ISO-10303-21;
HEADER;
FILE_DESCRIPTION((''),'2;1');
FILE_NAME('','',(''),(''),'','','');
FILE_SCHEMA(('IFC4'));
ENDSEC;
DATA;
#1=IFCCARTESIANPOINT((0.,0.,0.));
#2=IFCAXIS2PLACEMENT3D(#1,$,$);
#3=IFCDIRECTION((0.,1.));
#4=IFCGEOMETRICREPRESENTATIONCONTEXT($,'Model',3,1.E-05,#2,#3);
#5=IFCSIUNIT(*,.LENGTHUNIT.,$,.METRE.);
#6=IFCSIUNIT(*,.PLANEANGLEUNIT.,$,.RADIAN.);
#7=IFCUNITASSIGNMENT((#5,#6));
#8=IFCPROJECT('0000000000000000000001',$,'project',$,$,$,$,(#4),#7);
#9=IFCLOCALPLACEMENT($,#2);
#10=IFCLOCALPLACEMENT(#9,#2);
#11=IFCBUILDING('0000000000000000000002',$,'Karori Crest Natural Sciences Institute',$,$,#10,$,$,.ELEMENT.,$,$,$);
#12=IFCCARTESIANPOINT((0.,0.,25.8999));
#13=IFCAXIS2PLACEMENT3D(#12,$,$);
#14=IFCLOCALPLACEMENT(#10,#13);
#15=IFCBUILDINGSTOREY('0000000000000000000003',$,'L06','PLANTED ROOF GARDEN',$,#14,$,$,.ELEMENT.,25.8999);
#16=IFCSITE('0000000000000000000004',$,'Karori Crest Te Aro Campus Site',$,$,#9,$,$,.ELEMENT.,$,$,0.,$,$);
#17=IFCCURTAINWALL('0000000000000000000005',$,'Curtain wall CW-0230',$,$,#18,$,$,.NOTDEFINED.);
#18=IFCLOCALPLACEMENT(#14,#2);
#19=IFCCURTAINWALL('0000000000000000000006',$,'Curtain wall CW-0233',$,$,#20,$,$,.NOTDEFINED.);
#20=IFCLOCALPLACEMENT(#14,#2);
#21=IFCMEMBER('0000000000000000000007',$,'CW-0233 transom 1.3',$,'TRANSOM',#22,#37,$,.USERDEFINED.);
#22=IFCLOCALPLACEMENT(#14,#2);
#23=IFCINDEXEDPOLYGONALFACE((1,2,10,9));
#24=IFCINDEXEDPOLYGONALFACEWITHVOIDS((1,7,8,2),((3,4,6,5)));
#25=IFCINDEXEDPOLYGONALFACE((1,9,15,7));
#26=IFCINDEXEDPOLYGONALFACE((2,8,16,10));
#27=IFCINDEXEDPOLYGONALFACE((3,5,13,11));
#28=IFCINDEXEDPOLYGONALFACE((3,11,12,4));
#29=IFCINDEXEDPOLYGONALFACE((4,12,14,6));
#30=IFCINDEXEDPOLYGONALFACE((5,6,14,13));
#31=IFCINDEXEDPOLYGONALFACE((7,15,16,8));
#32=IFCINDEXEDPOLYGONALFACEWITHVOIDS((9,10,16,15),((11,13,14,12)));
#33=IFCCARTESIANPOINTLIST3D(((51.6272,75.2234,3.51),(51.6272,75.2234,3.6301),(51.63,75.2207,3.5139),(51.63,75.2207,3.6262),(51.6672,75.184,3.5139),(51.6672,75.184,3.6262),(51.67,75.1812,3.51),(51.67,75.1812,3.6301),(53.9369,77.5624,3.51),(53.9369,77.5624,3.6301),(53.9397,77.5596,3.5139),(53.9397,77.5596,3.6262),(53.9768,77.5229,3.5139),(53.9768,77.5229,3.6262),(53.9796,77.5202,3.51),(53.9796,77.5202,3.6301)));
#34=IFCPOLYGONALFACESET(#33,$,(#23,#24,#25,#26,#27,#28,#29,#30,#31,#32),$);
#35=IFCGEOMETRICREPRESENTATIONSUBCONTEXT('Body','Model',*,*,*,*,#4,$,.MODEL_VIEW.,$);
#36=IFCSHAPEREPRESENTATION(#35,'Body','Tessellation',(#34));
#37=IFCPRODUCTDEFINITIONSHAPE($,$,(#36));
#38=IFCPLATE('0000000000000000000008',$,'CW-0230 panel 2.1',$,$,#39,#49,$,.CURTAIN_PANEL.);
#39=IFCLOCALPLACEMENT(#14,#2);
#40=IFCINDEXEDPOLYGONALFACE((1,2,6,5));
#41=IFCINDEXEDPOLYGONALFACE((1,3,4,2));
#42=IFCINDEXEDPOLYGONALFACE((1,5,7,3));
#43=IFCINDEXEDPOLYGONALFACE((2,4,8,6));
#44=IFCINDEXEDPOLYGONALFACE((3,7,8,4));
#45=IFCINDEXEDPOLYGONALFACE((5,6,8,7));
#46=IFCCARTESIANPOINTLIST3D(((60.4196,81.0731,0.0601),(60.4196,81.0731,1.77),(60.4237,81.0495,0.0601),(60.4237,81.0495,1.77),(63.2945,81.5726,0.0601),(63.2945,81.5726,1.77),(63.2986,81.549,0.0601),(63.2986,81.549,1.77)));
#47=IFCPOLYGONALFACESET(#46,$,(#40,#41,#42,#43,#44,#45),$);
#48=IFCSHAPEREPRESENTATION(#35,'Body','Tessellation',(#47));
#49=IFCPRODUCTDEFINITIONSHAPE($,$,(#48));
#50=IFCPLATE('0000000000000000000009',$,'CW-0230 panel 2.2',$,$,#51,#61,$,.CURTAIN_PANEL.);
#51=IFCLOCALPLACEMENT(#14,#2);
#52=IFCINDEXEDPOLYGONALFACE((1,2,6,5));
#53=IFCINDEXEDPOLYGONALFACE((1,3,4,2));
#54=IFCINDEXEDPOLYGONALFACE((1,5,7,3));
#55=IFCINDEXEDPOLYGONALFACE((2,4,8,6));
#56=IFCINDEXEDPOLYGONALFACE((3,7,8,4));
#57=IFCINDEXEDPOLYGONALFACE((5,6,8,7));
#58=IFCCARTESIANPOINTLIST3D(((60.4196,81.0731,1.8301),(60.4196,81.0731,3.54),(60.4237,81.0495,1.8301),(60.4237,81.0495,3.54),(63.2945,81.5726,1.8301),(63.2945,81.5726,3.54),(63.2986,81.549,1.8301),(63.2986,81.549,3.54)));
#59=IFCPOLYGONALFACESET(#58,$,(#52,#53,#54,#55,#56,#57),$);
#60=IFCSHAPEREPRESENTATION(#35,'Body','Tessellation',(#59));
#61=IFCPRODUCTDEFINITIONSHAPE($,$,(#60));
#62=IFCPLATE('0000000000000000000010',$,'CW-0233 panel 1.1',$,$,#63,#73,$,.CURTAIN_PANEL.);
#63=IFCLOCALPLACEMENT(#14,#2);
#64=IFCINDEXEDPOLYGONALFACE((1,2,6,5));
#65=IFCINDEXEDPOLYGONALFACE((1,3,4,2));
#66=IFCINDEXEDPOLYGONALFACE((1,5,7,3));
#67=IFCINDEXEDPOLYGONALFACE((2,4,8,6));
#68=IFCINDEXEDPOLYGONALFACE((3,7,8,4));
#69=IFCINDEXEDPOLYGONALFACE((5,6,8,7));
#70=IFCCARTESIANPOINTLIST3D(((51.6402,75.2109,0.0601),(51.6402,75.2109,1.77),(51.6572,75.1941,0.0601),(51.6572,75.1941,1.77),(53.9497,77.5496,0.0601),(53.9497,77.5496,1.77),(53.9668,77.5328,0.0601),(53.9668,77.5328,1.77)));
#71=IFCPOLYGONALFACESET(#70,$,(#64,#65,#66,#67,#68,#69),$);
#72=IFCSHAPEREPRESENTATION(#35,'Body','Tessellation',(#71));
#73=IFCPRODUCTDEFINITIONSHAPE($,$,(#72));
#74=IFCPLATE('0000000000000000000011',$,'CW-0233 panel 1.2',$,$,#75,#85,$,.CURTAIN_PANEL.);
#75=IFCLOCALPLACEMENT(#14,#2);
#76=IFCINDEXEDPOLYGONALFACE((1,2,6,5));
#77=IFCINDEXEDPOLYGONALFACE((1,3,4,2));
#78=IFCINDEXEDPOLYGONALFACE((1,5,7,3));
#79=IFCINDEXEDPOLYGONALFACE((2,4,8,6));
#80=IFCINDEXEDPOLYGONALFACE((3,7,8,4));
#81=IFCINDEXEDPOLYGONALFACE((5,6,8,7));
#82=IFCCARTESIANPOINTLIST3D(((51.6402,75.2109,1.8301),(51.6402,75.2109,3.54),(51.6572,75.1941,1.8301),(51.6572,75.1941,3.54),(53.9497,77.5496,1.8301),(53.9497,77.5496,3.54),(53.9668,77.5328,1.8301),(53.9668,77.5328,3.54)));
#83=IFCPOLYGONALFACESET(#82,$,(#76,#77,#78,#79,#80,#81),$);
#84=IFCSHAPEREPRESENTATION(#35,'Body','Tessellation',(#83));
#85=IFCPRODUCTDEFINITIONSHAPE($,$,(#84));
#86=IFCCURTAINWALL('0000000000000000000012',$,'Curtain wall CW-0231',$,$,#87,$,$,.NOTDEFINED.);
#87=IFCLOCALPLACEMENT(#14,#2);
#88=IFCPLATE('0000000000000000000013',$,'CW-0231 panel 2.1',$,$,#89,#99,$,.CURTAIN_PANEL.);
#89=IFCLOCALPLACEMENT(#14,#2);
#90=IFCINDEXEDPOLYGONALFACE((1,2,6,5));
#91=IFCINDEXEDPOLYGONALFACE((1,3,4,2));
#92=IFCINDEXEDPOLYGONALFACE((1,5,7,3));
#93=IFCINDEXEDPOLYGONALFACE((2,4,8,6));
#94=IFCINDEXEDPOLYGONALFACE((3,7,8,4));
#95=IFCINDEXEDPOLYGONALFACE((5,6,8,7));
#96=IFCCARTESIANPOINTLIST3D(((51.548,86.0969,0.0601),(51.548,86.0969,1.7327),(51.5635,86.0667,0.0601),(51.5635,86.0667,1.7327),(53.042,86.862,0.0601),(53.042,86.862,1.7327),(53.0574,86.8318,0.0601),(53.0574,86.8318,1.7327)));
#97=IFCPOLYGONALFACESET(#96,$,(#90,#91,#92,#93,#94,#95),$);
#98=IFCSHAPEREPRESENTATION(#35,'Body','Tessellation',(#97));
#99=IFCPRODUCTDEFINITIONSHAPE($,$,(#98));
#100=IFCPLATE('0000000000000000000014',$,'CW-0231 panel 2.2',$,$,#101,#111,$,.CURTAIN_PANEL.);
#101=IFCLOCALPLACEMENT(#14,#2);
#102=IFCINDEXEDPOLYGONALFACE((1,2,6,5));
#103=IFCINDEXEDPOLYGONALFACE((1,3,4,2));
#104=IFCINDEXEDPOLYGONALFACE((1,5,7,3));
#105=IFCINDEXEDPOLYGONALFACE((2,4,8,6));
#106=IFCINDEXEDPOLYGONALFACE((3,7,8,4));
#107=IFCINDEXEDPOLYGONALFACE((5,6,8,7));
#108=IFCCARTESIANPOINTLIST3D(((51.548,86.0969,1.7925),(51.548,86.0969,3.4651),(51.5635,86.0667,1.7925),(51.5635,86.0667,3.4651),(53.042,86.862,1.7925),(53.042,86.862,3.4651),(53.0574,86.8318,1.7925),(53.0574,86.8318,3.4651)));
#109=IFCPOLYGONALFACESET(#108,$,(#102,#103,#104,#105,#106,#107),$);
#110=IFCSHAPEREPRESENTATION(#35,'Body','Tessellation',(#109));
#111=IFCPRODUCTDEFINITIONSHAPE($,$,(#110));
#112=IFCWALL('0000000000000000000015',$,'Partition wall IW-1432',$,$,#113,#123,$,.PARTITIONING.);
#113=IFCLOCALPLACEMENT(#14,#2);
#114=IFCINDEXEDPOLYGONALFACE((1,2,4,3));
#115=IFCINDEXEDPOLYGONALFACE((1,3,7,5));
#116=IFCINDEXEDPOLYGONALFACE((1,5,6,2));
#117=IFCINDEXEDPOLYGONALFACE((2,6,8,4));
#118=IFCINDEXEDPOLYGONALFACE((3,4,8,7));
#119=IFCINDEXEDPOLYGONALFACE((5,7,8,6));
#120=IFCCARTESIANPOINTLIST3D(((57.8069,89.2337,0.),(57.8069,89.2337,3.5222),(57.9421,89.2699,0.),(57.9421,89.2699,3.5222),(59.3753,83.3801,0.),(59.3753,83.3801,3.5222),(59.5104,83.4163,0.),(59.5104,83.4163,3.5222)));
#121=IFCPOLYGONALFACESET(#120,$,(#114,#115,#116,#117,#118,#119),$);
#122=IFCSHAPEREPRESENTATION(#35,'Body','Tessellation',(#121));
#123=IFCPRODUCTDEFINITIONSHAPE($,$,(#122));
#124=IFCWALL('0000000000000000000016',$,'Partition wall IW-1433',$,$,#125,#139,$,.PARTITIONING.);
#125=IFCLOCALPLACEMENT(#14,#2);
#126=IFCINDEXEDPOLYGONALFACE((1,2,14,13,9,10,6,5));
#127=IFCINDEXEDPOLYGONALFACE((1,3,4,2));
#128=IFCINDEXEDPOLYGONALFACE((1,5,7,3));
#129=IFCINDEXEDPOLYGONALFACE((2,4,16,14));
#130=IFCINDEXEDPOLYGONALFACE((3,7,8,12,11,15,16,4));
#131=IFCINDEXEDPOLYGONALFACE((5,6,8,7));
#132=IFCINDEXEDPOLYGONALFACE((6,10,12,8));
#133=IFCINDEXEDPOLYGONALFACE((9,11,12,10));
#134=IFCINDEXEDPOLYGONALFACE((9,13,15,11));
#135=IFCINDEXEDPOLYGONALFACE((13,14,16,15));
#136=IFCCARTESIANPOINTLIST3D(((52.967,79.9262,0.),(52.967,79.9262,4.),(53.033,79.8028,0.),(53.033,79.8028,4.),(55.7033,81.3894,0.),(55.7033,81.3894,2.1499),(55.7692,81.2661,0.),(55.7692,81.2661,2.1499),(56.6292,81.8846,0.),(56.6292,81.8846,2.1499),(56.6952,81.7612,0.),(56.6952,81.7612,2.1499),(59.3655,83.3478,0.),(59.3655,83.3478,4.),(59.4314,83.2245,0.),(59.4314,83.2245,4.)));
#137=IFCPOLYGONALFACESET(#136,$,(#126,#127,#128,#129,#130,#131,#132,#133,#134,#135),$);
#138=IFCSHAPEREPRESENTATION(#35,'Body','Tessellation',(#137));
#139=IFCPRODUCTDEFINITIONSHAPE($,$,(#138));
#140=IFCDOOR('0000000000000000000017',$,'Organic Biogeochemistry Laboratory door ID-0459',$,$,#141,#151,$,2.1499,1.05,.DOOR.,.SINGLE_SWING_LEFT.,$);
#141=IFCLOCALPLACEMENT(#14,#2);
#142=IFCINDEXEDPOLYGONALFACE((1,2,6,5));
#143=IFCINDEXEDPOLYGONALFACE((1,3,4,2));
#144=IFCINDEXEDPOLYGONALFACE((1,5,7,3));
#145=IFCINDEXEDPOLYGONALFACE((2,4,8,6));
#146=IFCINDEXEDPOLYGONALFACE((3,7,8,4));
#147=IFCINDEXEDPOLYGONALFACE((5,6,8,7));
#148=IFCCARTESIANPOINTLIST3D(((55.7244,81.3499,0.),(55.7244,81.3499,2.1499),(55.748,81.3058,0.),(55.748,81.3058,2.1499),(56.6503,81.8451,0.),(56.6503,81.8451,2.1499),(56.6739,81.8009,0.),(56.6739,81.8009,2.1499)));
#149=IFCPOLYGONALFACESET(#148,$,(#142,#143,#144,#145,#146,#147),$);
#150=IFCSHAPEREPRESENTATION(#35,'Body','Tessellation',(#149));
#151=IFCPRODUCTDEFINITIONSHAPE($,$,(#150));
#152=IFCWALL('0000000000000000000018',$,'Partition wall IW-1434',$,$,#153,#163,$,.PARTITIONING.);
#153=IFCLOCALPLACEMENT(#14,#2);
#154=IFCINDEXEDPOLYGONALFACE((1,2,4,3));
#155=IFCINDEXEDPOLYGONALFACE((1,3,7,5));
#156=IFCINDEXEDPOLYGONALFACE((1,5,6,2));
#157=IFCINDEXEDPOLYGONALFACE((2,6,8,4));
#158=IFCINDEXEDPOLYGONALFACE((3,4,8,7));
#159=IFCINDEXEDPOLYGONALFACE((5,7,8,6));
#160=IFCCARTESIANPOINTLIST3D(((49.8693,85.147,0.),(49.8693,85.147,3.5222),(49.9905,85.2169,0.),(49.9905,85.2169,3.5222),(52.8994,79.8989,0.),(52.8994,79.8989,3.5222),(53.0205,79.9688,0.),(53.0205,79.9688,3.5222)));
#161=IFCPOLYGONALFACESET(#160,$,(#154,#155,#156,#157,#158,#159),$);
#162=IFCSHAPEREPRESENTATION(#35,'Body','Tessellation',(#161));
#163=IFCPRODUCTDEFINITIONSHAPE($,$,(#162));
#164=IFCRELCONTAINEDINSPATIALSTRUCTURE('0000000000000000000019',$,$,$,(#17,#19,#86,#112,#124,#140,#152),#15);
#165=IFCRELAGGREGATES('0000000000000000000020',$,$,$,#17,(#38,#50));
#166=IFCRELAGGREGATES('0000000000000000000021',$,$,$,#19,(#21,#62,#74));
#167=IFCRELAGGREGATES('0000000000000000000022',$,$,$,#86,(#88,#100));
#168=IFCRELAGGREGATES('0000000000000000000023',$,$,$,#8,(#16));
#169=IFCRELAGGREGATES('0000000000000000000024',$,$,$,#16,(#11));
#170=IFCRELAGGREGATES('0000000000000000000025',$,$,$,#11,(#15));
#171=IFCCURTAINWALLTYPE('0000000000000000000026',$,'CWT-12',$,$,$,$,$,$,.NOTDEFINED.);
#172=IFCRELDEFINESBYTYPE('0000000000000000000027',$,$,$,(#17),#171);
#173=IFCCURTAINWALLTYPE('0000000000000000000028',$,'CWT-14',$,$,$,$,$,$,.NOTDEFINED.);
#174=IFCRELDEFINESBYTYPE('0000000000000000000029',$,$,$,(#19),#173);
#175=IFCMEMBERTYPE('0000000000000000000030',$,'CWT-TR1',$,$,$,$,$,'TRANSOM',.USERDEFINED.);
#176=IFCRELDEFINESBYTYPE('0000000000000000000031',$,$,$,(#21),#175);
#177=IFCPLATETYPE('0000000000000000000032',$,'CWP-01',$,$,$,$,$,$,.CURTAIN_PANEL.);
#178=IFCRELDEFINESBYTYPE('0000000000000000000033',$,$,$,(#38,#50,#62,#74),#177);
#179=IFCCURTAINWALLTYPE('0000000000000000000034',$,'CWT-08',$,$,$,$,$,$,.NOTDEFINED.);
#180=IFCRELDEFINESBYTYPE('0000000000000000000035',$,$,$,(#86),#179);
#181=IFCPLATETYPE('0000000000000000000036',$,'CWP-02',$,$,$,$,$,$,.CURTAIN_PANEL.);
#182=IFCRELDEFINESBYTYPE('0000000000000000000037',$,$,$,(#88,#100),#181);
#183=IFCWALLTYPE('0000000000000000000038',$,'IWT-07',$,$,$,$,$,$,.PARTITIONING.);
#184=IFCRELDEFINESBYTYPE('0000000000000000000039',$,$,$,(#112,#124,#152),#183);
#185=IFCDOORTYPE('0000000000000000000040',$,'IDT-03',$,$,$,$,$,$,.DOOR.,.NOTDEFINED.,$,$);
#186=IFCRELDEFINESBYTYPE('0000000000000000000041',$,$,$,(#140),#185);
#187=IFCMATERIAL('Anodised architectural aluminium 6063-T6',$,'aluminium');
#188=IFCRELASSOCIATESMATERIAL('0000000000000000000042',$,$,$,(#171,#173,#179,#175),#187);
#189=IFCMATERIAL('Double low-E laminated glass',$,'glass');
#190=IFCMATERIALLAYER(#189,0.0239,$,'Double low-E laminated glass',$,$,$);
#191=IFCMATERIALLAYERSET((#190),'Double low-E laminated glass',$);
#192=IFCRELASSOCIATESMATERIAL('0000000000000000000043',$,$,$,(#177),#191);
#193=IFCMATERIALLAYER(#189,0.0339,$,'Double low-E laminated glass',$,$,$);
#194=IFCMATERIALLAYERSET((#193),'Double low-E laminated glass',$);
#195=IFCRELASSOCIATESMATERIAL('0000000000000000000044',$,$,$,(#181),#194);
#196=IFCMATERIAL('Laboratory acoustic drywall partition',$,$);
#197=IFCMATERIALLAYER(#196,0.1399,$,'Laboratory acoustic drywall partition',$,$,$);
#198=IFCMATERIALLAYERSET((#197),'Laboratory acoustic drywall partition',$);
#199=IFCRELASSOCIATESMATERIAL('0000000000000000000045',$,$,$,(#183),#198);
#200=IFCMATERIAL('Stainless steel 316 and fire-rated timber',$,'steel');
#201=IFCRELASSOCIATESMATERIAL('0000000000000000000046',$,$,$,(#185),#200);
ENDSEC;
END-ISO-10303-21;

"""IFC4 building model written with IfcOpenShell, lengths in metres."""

from ifc_helpers import new_model, si_unit, direction, frame, frame_2d, origin, origin_2d, place, context, subcontext, project, spatial, rectangle, hollow_rectangle, extrude, material, layer, layer_set, material_profile, profile_set, type_object, element, fill, aggregate, save


model = new_model("IFC4")

# Units and contexts
model_context = context("Model", 3, precision=1e-05, world=origin(), true_north=direction((0.0, 1.0)))
body_context = subcontext(model_context, "Body", "Model", "MODEL_VIEW")
ifc_project = project(units=[si_unit("LENGTHUNIT", "METRE"), si_unit("PLANEANGLEUNIT", "RADIAN")], contexts=[model_context])

# Site, building, storey
site_placement = place(None, origin())
site = spatial("IfcSite", under=ifc_project, at=site_placement, Name="Karori Crest Te Aro Campus Site", CompositionType="ELEMENT", RefElevation=0.0)
building_placement = place(site_placement, origin())
building = spatial("IfcBuilding", under=site, at=building_placement, Name="Karori Crest Natural Sciences Institute", CompositionType="ELEMENT")
storey_placement = place(building_placement, frame((0.0, 0.0, 25.8999)))
storey = spatial("IfcBuildingStorey", under=building, at=storey_placement, Name="L06", Description="PLANTED ROOF GARDEN", CompositionType="ELEMENT", Elevation=25.8999)

# Curtain walls
ifc_material_1 = material(Name="Anodised architectural aluminium 6063-T6", Category="aluminium")
curtain_wall_type_1 = type_object("IfcCurtainWallType", Name="CWT-12", PredefinedType="NOTDEFINED", material=ifc_material_1)
curtain_wall_1_placement = place(storey_placement, origin())
curtain_wall_1 = element("IfcCurtainWall", 1, at=curtain_wall_1_placement, inside=storey, type_object=curtain_wall_type_1, Name="Curtain wall CW-0230", PredefinedType="NOTDEFINED")
curtain_wall_type_2 = type_object("IfcCurtainWallType", Name="CWT-14", PredefinedType="NOTDEFINED", material=ifc_material_1)
curtain_wall_2_placement = place(storey_placement, origin())
curtain_wall_2 = element("IfcCurtainWall", 2, at=curtain_wall_2_placement, inside=storey, type_object=curtain_wall_type_2, Name="Curtain wall CW-0233", PredefinedType="NOTDEFINED")

# Member
ifc_material_profile_1 = material_profile(ifc_material_1, hollow_rectangle(XDim=0.0601, YDim=0.1201, WallThickness=0.0039, at=origin_2d()), Name="CWT120x60x4")
ifc_profile_set_1 = profile_set([ifc_material_profile_1], Name="Anodised architectural aluminium 6063-T6")
member_type_1 = type_object("IfcMemberType", Name="CWT-TR1", ElementType="TRANSOM", PredefinedType="USERDEFINED", material=ifc_profile_set_1)
member_1_placement = place(storey_placement, frame((53.9583, 77.5413, 3.5701), z_axis=(-0.702636, -0.711549, 0.0), x_axis=(0.711549, -0.702636, 0.0)))
member_1 = element("IfcMember", 3, at=member_1_placement, type_object=member_type_1, Name="CW-0233 transom 1.3", ObjectType="TRANSOM", PredefinedType="USERDEFINED", context=body_context, shape_type="SweptSolid", body=[
    extrude(hollow_rectangle(XDim=0.0601, YDim=0.1201, WallThickness=0.0039, at=origin_2d()), origin(), (0.0, 0.0, 1.0), 3.2871),
])

# Plates
ifc_material_2 = material(Name="Double low-E laminated glass", Category="glass")
ifc_layer_1 = layer(ifc_material_2, 0.0239, Name="Double low-E laminated glass")
ifc_layer_set_1 = layer_set([ifc_layer_1], Name="Double low-E laminated glass")
plate_type_1 = type_object("IfcPlateType", Name="CWP-01", PredefinedType="CURTAIN_PANEL", material=ifc_layer_set_1)
plate_1_placement = place(storey_placement, frame((61.8591, 81.311, 0.0601), z_axis=(0.0, 0.0, 1.0), x_axis=(-0.985241, -0.171174, 0.0)))
plate_1 = element("IfcPlate", 4, at=plate_1_placement, type_object=plate_type_1, Name="CW-0230 panel 2.1", PredefinedType="CURTAIN_PANEL", context=body_context, shape_type="SweptSolid", body=[
    extrude(rectangle(XDim=2.918, YDim=0.0239, at=origin_2d()), origin(), (0.0, 0.0, 1.0), 1.71),
])
plate_2_placement = place(storey_placement, frame((61.8591, 81.311, 1.8301), z_axis=(0.0, 0.0, 1.0), x_axis=(-0.985241, -0.171174, 0.0)))
plate_2 = element("IfcPlate", 5, at=plate_2_placement, type_object=plate_type_1, Name="CW-0230 panel 2.2", PredefinedType="CURTAIN_PANEL", context=body_context, shape_type="SweptSolid", body=[
    extrude(rectangle(XDim=2.918, YDim=0.0239, at=origin_2d()), origin(), (0.0, 0.0, 1.0), 1.71),
])
aggregate(curtain_wall_1, [plate_1, plate_2])
plate_3_placement = place(storey_placement, frame((52.8035, 76.3718, 0.0601), z_axis=(0.0, 0.0, 1.0), x_axis=(-0.702661, -0.711525, 0.0)))
plate_3 = element("IfcPlate", 6, at=plate_3_placement, type_object=plate_type_1, Name="CW-0233 panel 1.1", PredefinedType="CURTAIN_PANEL", context=body_context, shape_type="SweptSolid", body=[
    extrude(rectangle(XDim=3.2869, YDim=0.0239, at=origin_2d()), origin(), (0.0, 0.0, 1.0), 1.71),
])
plate_4_placement = place(storey_placement, frame((52.8035, 76.3718, 1.8301), z_axis=(0.0, 0.0, 1.0), x_axis=(-0.702661, -0.711525, 0.0)))
plate_4 = element("IfcPlate", 7, at=plate_4_placement, type_object=plate_type_1, Name="CW-0233 panel 1.2", PredefinedType="CURTAIN_PANEL", context=body_context, shape_type="SweptSolid", body=[
    extrude(rectangle(XDim=3.2869, YDim=0.0239, at=origin_2d()), origin(), (0.0, 0.0, 1.0), 1.71),
])
aggregate(curtain_wall_2, [member_1, plate_3, plate_4])

# Curtain wall, plates
curtain_wall_type_3 = type_object("IfcCurtainWallType", Name="CWT-08", PredefinedType="NOTDEFINED", material=ifc_material_1)
curtain_wall_3_placement = place(storey_placement, origin())
curtain_wall_3 = element("IfcCurtainWall", 8, at=curtain_wall_3_placement, inside=storey, type_object=curtain_wall_type_3, Name="Curtain wall CW-0231", PredefinedType="NOTDEFINED")
ifc_layer_2 = layer(ifc_material_2, 0.0339, Name="Double low-E laminated glass")
ifc_layer_set_2 = layer_set([ifc_layer_2], Name="Double low-E laminated glass")
plate_type_2 = type_object("IfcPlateType", Name="CWP-02", PredefinedType="CURTAIN_PANEL", material=ifc_layer_set_2)
plate_5_placement = place(storey_placement, frame((52.3027, 86.4644, 0.0601), z_axis=(0.0, 0.0, 1.0), x_axis=(0.890067, 0.455829, 0.0)))
plate_5 = element("IfcPlate", 9, at=plate_5_placement, type_object=plate_type_2, Name="CW-0231 panel 2.1", PredefinedType="CURTAIN_PANEL", context=body_context, shape_type="SweptSolid", body=[
    extrude(rectangle(XDim=1.6785, YDim=0.0339, at=origin_2d()), origin(), (0.0, 0.0, 1.0), 1.6726),
])
plate_6_placement = place(storey_placement, frame((52.3027, 86.4644, 1.7925), z_axis=(0.0, 0.0, 1.0), x_axis=(0.890067, 0.455829, 0.0)))
plate_6 = element("IfcPlate", 10, at=plate_6_placement, type_object=plate_type_2, Name="CW-0231 panel 2.2", PredefinedType="CURTAIN_PANEL", context=body_context, shape_type="SweptSolid", body=[
    extrude(rectangle(XDim=1.6785, YDim=0.0339, at=origin_2d()), origin(), (0.0, 0.0, 1.0), 1.6726),
])
aggregate(curtain_wall_3, [plate_5, plate_6])

# Wall
ifc_material_3 = material(Name="Laboratory acoustic drywall partition")
ifc_layer_3 = layer(ifc_material_3, 0.1399, Name="Laboratory acoustic drywall partition")
ifc_layer_set_3 = layer_set([ifc_layer_3], Name="Laboratory acoustic drywall partition")
wall_type_1 = type_object("IfcWallType", Name="IWT-07", PredefinedType="PARTITIONING", material=ifc_layer_set_3)
wall_1_placement = place(storey_placement, frame((59.4429, 83.3982, 0.0), z_axis=(0.0, 0.0, 1.0), x_axis=(-0.258806, 0.965929, 0.0)))
element("IfcWall", 11, at=wall_1_placement, inside=storey, type_object=wall_type_1, Name="Partition wall IW-1432", PredefinedType="PARTITIONING", context=body_context, shape_type="SweptSolid", body=[
    extrude(rectangle(XDim=6.0601, YDim=0.1399, at=frame_2d((3.03, 0.0))), origin(), (0.0, 0.0, 1.0), 3.5222),
])

# Wall, opening, door
wall_2_placement = place(storey_placement, frame((59.3984, 83.2861, 0.0), z_axis=(0.0, 0.0, 1.0), x_axis=(-0.88183, -0.471568, 0.0)))
wall_2 = element("IfcWall", 12, at=wall_2_placement, inside=storey, type_object=wall_type_1, Name="Partition wall IW-1433", PredefinedType="PARTITIONING", context=body_context, shape_type="SweptSolid", body=[
    extrude(rectangle(XDim=7.2559, YDim=0.1399, at=frame_2d((3.6279, 0.0))), origin(), (0.0, 0.0, 1.0), 4.0),
])
opening_1_placement = place(wall_2_placement, frame((3.103, 0.0, 0.0)))
opening_1 = element("IfcOpeningElement", 13, at=opening_1_placement, cuts=wall_2, PredefinedType="OPENING", context=body_context, shape_type="SweptSolid", body=[
    extrude(rectangle(XDim=1.05, YDim=2.1499, at=frame_2d((0.5249, 1.075))), frame((0.0, 0.0801, 0.0), z_axis=(0.0, -1.0, 0.0), x_axis=(1.0, 0.0, 0.0)), (0.0, 0.0, 1.0), 0.1599),
])
ifc_material_4 = material(Name="Stainless steel 316 and fire-rated timber", Category="steel")
door_type_1 = type_object("IfcDoorType", Name="IDT-03", OperationType="NOTDEFINED", PredefinedType="DOOR", material=ifc_material_4)
door_1_placement = place(opening_1_placement, origin())
door_1 = element("IfcDoor", 14, at=door_1_placement, inside=storey, type_object=door_type_1, Name="Organic Biogeochemistry Laboratory door ID-0459", OperationType="SINGLE_SWING_LEFT", OverallHeight=2.1499, OverallWidth=1.05, PredefinedType="DOOR", context=body_context, shape_type="SweptSolid", body=[
    extrude(rectangle(XDim=1.05, YDim=2.1499, at=frame_2d((0.5249, 1.075))), frame((0.0, 0.0249, 0.0), z_axis=(0.0, -1.0, 0.0), x_axis=(1.0, 0.0, 0.0)), (0.0, 0.0, 1.0), 0.05),
])
fill(opening_1, door_1)

# Wall
wall_3_placement = place(storey_placement, frame((52.96, 79.9338, 0.0), z_axis=(0.0, 0.0, 1.0), x_axis=(-0.500008, 0.866021, 0.0)))
element("IfcWall", 15, at=wall_3_placement, inside=storey, type_object=wall_type_1, Name="Partition wall IW-1434", PredefinedType="PARTITIONING", context=body_context, shape_type="SweptSolid", body=[
    extrude(rectangle(XDim=6.0601, YDim=0.1399, at=frame_2d((3.03, 0.0))), origin(), (0.0, 0.0, 1.0), 3.5222),
])

save(model, "model.ifc")
